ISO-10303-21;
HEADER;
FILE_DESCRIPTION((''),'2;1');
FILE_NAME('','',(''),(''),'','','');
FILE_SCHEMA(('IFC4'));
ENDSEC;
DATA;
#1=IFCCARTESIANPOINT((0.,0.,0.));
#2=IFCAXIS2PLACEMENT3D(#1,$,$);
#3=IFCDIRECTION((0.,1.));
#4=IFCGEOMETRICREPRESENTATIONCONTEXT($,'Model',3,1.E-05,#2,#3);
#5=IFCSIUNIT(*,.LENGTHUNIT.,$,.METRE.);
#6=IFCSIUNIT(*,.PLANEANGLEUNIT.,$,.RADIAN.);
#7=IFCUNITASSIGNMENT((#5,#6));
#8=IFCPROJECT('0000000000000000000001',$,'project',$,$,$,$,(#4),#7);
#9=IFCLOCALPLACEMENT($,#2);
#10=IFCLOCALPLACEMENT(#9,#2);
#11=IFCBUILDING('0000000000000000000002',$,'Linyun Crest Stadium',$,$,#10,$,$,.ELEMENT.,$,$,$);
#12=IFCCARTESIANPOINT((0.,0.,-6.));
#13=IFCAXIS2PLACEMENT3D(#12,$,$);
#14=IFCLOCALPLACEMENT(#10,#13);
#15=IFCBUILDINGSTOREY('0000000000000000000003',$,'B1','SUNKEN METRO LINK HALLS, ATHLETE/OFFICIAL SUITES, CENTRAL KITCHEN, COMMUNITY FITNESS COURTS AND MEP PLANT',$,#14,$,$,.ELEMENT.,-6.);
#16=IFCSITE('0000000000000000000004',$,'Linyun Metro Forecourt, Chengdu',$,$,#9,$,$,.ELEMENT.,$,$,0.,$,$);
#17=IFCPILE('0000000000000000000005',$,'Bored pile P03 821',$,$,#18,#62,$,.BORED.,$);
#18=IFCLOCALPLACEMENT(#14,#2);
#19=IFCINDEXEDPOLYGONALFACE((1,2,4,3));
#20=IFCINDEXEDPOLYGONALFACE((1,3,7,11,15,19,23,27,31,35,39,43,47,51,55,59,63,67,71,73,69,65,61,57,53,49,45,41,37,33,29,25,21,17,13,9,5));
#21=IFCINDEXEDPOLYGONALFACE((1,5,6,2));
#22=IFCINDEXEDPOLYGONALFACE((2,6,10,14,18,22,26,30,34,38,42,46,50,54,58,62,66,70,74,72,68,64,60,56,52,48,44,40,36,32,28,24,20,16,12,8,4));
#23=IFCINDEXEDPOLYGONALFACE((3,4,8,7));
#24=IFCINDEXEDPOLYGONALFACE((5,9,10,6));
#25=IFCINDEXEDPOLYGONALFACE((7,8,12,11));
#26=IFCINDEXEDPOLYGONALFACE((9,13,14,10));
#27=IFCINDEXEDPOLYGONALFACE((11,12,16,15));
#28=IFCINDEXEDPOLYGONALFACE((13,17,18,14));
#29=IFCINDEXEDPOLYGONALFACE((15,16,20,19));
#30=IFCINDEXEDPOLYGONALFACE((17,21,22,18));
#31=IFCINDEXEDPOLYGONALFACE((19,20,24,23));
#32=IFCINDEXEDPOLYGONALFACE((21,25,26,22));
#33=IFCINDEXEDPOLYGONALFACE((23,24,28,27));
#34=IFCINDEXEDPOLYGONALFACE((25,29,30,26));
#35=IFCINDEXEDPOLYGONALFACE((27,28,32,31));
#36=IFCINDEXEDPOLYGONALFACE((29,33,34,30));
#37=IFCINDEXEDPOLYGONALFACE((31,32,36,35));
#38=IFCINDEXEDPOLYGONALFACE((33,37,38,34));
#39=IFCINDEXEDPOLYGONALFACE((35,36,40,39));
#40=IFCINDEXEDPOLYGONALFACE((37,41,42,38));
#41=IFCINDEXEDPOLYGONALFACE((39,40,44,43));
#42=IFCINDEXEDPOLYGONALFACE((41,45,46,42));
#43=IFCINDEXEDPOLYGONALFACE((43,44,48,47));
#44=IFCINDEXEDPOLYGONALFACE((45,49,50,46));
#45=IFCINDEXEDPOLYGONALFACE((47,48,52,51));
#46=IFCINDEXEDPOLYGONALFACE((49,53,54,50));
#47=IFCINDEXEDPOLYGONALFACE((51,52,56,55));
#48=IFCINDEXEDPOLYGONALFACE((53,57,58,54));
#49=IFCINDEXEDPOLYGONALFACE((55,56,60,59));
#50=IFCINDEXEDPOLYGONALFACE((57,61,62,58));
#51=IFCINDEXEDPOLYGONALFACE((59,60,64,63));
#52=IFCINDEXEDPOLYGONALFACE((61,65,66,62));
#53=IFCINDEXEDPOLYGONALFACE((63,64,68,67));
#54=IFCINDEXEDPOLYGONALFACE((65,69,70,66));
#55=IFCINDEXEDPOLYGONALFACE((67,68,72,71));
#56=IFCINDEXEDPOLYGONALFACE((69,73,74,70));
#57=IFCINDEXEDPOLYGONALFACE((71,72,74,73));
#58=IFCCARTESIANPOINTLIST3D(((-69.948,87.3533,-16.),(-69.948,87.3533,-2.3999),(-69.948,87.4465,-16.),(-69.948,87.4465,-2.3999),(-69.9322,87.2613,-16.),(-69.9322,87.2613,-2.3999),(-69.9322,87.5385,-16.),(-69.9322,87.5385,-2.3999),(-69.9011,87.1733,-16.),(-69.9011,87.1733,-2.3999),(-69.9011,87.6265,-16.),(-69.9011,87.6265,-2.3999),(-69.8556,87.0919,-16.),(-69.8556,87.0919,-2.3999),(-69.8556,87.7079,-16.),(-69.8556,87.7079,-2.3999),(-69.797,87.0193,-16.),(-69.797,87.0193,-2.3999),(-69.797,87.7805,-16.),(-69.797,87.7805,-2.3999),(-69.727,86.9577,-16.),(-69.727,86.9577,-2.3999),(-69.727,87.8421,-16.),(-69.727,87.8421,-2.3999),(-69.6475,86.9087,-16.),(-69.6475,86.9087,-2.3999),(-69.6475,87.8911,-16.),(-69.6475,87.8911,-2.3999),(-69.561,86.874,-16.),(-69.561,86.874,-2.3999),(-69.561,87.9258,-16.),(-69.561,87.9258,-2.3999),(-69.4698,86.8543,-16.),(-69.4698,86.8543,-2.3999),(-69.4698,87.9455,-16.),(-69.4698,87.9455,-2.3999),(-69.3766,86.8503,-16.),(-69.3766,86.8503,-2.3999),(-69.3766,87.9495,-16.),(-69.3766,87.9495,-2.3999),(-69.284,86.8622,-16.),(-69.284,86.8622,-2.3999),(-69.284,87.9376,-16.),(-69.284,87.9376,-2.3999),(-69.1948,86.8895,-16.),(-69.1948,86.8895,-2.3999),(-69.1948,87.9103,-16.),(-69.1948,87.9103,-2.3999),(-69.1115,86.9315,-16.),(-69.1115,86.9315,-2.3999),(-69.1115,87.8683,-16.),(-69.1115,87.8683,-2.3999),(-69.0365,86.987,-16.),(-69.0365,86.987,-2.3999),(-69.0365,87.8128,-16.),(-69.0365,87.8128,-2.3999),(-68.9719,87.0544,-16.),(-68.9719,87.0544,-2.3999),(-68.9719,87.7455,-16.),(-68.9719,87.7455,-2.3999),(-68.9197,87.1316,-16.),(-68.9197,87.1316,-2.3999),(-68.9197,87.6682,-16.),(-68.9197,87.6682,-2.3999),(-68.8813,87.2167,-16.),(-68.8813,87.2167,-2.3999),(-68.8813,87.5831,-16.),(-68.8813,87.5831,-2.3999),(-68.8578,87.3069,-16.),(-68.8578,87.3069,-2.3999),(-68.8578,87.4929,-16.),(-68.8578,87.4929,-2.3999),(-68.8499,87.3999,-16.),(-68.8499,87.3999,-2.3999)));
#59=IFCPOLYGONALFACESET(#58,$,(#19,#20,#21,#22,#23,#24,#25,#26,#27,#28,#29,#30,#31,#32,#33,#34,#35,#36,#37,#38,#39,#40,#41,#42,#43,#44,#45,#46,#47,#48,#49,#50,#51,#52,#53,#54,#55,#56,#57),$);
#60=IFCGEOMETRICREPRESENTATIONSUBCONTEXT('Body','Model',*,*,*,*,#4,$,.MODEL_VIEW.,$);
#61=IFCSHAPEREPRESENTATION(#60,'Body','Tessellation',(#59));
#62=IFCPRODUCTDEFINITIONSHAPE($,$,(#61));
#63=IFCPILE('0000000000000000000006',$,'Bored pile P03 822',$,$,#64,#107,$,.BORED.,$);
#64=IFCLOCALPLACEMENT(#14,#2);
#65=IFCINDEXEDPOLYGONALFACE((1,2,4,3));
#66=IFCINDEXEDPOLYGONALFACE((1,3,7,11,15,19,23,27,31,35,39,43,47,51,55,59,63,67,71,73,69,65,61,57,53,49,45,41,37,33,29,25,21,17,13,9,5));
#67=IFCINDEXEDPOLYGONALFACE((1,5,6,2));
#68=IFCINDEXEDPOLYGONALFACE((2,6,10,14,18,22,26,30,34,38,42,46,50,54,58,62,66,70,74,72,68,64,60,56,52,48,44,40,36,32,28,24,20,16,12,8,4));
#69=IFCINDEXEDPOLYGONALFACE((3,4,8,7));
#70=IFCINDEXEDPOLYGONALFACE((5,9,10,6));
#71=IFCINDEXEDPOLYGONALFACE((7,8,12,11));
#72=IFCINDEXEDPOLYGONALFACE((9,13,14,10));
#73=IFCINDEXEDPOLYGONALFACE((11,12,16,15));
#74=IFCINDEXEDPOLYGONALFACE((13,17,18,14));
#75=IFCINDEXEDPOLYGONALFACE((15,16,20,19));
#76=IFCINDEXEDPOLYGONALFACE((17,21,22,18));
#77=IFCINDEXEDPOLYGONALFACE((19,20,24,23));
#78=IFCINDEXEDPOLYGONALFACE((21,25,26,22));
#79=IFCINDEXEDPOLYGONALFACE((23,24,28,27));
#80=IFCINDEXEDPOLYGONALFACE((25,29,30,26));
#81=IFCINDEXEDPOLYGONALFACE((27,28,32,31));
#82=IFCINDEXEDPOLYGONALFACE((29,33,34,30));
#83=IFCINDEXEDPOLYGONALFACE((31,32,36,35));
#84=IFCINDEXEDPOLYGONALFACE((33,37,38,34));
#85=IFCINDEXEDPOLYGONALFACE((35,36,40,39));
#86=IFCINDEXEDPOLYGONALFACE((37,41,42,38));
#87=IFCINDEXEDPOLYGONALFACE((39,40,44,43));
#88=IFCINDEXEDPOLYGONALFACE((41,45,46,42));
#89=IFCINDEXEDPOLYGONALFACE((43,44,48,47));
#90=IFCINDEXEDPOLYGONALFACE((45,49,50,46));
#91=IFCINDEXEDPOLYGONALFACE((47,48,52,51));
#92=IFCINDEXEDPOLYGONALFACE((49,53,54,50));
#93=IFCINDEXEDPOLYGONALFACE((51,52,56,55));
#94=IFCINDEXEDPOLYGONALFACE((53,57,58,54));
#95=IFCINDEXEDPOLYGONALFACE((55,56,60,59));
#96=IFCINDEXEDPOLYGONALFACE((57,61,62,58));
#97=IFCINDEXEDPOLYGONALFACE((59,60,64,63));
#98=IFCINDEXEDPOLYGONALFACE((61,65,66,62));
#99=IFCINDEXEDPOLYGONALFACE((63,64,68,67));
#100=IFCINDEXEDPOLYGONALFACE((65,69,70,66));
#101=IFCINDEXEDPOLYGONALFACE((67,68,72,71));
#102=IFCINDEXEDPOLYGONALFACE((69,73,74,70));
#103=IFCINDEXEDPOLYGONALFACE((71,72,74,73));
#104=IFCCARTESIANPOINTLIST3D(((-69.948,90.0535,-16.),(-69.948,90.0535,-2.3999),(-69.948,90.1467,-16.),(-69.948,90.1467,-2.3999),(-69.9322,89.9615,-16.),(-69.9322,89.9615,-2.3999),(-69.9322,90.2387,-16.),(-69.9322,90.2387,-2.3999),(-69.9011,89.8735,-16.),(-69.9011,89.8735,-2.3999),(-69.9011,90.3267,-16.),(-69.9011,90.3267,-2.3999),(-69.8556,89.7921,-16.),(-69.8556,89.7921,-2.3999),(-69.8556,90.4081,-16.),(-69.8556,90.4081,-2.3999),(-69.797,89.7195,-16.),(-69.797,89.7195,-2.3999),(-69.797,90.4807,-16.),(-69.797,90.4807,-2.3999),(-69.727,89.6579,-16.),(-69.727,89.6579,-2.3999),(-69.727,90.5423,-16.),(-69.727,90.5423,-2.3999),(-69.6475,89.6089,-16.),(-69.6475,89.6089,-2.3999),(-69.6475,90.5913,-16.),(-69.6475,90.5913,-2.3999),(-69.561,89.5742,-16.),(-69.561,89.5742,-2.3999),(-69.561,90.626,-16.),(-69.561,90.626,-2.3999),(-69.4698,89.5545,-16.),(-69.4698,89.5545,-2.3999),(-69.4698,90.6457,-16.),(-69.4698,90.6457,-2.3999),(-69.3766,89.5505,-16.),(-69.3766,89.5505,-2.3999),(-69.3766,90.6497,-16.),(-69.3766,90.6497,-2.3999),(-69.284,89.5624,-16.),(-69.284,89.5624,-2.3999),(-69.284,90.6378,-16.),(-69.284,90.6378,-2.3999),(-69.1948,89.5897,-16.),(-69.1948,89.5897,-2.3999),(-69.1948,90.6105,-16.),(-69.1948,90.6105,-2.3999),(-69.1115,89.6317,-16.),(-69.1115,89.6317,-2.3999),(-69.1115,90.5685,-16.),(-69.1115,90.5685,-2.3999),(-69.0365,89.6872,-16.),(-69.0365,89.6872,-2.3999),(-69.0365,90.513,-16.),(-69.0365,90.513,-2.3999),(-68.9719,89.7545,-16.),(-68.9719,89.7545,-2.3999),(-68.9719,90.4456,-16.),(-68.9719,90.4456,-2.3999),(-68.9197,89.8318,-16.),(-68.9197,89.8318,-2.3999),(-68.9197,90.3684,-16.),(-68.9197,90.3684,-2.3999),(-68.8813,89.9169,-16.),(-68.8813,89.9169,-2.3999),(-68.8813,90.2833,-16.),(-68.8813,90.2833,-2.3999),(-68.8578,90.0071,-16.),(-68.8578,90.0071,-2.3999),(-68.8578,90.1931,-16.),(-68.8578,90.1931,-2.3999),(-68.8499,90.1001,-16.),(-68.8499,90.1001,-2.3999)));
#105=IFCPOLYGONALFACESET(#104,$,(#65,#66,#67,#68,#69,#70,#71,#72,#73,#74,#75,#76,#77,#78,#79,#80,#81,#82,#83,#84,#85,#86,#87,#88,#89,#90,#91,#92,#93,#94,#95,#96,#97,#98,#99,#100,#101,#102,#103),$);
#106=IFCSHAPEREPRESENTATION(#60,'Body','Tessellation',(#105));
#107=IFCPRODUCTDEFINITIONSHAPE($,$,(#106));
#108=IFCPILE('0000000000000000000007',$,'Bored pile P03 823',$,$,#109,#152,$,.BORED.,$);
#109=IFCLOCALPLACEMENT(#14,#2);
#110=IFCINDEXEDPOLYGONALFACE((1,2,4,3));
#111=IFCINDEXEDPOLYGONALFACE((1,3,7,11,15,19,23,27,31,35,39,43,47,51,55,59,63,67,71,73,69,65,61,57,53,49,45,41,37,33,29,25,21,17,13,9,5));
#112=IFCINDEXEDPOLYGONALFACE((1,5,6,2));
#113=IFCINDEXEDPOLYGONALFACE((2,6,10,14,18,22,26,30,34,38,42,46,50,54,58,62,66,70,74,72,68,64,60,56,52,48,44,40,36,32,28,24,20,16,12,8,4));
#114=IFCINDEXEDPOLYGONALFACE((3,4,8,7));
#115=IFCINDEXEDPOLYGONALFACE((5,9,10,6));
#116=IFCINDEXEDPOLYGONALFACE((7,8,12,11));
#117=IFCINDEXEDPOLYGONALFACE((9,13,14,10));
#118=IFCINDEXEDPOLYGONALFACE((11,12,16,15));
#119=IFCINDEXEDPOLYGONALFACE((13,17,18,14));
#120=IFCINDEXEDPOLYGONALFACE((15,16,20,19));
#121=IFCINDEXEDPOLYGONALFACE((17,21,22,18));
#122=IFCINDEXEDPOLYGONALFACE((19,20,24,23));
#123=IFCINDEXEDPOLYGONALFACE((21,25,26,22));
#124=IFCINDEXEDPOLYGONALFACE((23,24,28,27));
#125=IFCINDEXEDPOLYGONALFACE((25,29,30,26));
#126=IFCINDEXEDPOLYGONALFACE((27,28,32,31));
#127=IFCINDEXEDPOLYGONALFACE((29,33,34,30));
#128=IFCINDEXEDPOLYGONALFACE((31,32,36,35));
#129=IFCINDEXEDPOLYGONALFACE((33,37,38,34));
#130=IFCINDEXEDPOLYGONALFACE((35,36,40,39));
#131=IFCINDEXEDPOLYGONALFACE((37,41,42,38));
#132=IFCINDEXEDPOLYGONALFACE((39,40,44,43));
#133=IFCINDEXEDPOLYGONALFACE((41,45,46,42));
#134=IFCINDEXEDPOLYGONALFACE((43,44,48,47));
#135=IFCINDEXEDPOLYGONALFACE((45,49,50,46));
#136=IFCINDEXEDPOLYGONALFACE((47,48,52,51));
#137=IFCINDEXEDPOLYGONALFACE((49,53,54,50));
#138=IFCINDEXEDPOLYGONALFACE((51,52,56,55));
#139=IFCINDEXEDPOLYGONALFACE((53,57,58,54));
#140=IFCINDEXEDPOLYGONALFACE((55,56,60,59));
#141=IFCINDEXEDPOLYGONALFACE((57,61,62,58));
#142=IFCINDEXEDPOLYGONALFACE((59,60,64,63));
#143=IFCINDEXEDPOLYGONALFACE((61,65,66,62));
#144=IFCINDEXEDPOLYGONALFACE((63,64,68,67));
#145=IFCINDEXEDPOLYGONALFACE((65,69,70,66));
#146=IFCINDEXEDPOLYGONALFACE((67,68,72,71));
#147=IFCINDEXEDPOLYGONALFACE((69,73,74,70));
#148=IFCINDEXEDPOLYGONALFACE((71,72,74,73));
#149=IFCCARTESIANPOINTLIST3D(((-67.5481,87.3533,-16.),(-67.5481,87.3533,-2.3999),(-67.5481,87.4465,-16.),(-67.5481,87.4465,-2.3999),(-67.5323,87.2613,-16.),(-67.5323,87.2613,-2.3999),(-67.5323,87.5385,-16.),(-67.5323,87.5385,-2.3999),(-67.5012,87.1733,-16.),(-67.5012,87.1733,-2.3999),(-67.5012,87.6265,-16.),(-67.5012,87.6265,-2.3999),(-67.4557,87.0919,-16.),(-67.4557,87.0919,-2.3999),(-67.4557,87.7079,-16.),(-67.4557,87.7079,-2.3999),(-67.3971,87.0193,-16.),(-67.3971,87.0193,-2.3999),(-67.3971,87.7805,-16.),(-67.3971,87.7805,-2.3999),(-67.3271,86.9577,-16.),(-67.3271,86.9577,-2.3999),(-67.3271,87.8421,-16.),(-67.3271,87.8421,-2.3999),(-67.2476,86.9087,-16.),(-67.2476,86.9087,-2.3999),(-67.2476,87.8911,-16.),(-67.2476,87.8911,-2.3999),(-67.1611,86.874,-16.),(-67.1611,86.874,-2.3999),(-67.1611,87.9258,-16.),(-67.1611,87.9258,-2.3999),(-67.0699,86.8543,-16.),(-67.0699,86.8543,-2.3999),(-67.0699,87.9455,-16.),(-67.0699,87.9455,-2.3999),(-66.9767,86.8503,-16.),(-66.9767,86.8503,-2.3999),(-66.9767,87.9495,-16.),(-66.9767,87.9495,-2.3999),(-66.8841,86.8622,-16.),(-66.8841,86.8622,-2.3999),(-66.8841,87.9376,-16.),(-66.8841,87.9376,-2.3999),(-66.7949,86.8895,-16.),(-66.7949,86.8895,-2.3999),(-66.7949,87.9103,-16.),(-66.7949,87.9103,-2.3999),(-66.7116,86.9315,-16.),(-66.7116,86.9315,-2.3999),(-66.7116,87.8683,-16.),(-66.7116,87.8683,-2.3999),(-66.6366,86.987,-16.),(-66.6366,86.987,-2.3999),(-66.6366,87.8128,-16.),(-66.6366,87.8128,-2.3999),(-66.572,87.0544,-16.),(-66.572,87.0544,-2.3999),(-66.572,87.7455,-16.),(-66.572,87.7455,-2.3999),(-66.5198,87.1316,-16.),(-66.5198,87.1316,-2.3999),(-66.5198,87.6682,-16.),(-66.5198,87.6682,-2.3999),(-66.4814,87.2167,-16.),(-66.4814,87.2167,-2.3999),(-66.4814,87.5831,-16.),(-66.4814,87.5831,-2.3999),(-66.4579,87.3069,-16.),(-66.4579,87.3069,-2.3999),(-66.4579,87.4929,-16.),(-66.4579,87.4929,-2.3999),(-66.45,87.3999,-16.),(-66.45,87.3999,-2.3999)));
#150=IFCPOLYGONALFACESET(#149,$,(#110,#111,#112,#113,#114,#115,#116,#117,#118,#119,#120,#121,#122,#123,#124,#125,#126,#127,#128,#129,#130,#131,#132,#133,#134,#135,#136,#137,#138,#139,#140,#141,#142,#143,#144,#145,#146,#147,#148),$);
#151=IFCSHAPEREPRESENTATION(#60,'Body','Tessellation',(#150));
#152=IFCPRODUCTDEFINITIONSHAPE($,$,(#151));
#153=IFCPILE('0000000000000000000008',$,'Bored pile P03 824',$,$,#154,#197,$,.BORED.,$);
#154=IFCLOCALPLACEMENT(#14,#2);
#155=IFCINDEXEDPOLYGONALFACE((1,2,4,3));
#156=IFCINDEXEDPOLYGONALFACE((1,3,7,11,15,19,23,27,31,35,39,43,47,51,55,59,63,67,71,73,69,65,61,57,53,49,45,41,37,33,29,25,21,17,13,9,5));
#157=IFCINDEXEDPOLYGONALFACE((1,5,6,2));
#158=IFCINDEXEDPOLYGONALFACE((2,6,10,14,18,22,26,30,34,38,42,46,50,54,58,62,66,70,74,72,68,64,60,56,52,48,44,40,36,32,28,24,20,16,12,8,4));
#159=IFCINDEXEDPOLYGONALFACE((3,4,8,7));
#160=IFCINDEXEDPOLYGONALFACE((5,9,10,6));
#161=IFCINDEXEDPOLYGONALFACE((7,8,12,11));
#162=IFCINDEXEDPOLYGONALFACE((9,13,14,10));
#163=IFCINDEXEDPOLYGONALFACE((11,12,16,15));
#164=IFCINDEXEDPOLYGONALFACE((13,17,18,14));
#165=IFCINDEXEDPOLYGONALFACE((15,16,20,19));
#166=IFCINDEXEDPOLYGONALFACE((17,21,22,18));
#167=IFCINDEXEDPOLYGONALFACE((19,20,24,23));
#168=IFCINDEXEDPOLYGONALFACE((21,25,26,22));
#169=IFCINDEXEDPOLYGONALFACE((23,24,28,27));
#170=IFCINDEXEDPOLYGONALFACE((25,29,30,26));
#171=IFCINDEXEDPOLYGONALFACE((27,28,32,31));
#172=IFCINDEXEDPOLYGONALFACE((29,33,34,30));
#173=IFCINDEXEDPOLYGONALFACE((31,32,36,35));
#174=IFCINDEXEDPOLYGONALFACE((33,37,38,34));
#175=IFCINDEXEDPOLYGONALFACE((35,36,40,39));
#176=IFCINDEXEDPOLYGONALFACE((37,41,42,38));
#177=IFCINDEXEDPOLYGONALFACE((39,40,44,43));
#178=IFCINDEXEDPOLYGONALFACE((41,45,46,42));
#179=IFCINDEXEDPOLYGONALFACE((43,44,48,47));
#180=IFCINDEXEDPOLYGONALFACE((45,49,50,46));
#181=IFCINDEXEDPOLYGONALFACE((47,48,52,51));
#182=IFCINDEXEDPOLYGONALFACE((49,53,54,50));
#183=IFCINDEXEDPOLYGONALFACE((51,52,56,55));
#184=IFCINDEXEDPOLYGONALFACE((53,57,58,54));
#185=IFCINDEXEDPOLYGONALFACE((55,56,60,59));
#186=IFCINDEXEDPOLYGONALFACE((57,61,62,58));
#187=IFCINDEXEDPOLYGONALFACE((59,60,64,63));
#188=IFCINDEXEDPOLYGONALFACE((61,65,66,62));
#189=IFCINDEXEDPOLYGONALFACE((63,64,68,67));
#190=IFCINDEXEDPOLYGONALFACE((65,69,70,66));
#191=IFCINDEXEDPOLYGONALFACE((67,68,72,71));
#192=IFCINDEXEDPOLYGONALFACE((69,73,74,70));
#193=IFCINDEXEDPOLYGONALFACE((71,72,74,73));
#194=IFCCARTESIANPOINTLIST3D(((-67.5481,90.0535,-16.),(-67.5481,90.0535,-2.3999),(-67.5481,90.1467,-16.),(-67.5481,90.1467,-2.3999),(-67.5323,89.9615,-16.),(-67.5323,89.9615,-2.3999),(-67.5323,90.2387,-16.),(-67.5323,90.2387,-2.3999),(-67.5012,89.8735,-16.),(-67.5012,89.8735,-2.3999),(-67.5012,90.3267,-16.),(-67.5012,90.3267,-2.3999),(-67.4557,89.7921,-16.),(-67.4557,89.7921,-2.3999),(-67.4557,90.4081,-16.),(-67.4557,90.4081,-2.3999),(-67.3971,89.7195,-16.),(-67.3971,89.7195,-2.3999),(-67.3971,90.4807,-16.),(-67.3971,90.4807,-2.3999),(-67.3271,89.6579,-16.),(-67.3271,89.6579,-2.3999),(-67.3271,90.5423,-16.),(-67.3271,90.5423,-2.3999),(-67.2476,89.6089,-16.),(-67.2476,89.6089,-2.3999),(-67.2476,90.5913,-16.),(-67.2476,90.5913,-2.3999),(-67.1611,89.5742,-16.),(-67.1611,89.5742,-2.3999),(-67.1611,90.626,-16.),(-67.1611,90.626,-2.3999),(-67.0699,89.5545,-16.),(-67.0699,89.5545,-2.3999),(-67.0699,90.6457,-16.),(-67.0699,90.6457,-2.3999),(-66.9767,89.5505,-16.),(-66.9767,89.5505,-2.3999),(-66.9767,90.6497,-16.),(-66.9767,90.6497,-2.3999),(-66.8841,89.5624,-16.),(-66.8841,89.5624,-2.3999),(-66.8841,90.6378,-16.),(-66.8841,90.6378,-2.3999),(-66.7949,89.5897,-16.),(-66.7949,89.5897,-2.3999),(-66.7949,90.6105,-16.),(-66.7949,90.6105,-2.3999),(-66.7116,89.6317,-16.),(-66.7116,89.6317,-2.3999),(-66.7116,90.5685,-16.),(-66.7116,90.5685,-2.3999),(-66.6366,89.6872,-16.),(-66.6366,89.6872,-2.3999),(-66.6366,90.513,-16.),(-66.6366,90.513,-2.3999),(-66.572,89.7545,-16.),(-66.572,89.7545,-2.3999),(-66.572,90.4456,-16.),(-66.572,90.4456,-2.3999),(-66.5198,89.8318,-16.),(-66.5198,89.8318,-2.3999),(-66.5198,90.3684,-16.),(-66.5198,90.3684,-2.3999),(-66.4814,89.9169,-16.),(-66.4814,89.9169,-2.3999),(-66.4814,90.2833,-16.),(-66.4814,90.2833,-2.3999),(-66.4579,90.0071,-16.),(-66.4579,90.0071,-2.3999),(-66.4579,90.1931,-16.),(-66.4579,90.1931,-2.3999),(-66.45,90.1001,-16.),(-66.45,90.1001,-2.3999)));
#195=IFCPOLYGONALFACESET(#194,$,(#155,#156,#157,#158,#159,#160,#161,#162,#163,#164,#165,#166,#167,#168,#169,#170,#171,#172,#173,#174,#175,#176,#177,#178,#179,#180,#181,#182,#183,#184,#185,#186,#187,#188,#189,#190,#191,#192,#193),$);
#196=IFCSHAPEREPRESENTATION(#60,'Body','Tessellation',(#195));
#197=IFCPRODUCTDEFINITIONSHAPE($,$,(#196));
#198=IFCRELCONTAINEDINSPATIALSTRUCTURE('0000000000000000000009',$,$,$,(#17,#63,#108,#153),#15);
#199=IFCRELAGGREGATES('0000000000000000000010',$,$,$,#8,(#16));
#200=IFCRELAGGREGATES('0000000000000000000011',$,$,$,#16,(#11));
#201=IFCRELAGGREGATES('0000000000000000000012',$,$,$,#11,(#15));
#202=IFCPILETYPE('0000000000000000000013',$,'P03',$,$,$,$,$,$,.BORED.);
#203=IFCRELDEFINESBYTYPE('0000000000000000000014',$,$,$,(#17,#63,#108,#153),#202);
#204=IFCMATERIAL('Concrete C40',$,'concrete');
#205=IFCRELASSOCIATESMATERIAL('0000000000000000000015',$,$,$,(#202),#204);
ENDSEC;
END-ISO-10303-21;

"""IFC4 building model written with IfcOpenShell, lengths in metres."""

from ifc_helpers import new_model, si_unit, direction, frame, origin, origin_2d, place, context, subcontext, project, spatial, circle, extrude, material, material_profile, profile_set, type_object, element, save


model = new_model("IFC4")

# Units and contexts
model_context = context("Model", 3, precision=1e-05, world=origin(), true_north=direction((0.0, 1.0)))
body_context = subcontext(model_context, "Body", "Model", "MODEL_VIEW")
ifc_project = project(units=[si_unit("LENGTHUNIT", "METRE"), si_unit("PLANEANGLEUNIT", "RADIAN")], contexts=[model_context])

# Site, building, storey
site_placement = place(None, origin())
site = spatial("IfcSite", under=ifc_project, at=site_placement, Name="Linyun Metro Forecourt, Chengdu", CompositionType="ELEMENT", RefElevation=0.0)
building_placement = place(site_placement, origin())
building = spatial("IfcBuilding", under=site, at=building_placement, Name="Linyun Crest Stadium", CompositionType="ELEMENT")
storey_placement = place(building_placement, frame((0.0, 0.0, -6.0)))
storey = spatial("IfcBuildingStorey", under=building, at=storey_placement, Name="B1", Description="SUNKEN METRO LINK HALLS, ATHLETE/OFFICIAL SUITES, CENTRAL KITCHEN, COMMUNITY FITNESS COURTS AND MEP PLANT", CompositionType="ELEMENT", Elevation=-6.0)

# Piles
ifc_material_1 = material(Name="Concrete C40", Category="concrete")
ifc_material_profile_1 = material_profile(ifc_material_1, circle(Radius=0.55, at=origin_2d()), Name="BORED PILE 1100")
ifc_profile_set_1 = profile_set([ifc_material_profile_1], Name="Concrete C40")
pile_type_1 = type_object("IfcPileType", Name="P03", PredefinedType="BORED", material=ifc_profile_set_1)
for number, where, z_axis, x_axis, name in (
    (1, (-69.3999, 87.3999, -2.3999), (0.0, 0.0, -1.0), (1.0, 0.0, 0.0), "Bored pile P03 821"),
    (2, (-69.3999, 90.1001, -2.3999), (0.0, 0.0, -1.0), (1.0, 0.0, 0.0), "Bored pile P03 822"),
    (3, (-67.0, 87.3999, -2.3999), (0.0, 0.0, -1.0), (1.0, 0.0, 0.0), "Bored pile P03 823"),
    (4, (-67.0, 90.1001, -2.3999), (0.0, 0.0, -1.0), (1.0, 0.0, 0.0), "Bored pile P03 824"),
):
    element("IfcPile", number, at=place(storey_placement, frame(where, z_axis=z_axis, x_axis=x_axis)), inside=storey, type_object=pile_type_1, Name=name, PredefinedType="BORED", context=body_context, shape_type="SweptSolid", body=[
        extrude(circle(Radius=0.55, at=origin_2d()), origin(), (0.0, 0.0, 1.0), 13.6001),
    ])

save(model, "model.ifc")
